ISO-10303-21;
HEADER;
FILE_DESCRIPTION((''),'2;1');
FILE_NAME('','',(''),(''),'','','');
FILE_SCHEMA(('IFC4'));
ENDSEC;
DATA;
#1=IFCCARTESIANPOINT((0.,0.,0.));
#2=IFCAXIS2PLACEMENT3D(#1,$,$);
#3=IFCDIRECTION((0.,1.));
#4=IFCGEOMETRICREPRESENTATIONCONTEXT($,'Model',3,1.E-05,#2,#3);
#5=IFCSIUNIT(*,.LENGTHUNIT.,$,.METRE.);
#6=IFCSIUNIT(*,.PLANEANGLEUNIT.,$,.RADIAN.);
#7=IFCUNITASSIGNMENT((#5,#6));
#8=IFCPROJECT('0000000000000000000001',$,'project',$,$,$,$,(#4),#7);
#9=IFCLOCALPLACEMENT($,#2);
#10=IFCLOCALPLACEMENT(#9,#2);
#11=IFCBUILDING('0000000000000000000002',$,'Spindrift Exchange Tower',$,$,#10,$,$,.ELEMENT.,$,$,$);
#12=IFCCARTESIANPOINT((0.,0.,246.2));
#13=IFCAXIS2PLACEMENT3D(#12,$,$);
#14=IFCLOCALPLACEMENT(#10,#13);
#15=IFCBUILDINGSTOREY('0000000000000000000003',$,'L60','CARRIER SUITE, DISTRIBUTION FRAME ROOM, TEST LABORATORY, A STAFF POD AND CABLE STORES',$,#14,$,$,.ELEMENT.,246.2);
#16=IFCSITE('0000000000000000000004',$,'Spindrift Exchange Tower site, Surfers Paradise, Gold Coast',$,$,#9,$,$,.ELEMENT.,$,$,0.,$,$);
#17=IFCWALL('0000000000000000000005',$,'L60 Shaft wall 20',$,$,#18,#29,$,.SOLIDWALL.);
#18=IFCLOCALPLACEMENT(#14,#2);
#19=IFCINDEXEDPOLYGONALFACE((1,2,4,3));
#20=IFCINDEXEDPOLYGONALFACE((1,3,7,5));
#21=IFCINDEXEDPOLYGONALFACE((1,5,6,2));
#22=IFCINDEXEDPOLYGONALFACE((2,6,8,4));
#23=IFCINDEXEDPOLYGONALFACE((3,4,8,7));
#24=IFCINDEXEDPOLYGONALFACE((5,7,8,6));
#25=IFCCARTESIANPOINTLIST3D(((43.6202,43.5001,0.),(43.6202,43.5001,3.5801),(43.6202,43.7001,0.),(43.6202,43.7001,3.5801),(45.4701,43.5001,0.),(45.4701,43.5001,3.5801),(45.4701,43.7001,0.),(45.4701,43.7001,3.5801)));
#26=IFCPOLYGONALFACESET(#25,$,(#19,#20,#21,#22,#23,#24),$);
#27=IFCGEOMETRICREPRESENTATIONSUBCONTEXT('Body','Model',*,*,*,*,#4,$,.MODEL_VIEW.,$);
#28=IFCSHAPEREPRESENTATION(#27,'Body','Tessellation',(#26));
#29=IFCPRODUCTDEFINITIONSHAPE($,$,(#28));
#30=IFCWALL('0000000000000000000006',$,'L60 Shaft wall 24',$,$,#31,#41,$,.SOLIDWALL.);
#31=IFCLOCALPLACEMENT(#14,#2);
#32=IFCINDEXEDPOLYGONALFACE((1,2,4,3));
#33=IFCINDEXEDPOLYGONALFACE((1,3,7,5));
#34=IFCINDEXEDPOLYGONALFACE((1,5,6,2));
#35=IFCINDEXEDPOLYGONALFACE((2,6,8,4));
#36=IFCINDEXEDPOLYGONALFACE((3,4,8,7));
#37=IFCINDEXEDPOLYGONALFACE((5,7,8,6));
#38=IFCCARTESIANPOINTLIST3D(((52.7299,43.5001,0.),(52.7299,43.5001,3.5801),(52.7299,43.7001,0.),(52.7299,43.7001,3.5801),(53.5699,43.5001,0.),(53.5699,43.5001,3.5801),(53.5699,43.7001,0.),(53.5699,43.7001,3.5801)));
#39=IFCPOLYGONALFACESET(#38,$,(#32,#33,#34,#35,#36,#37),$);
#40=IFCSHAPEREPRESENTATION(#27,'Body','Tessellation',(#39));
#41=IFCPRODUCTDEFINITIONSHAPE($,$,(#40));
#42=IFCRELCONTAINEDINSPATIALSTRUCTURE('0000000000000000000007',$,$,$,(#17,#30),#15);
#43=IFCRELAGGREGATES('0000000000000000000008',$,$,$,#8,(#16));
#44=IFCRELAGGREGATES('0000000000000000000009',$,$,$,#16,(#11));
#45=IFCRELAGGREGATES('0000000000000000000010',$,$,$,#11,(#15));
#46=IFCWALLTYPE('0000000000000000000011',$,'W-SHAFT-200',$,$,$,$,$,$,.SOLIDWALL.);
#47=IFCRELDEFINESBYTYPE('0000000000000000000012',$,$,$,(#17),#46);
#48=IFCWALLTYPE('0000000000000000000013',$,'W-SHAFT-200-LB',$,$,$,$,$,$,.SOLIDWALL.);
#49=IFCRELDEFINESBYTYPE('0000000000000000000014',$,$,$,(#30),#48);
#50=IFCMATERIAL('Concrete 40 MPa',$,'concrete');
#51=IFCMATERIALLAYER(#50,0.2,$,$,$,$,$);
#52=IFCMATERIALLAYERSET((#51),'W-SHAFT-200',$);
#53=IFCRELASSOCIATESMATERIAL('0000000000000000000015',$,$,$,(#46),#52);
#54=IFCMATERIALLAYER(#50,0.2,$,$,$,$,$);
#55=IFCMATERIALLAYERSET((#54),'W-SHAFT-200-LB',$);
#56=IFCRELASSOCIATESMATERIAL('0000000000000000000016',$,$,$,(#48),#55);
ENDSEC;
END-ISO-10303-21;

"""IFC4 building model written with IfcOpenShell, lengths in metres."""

from ifc_helpers import new_model, si_unit, direction, frame, frame_2d, origin, place, context, subcontext, project, spatial, rectangle, extrude, material, layer, layer_set, type_object, element, save


model = new_model("IFC4")

# Units and contexts
model_context = context("Model", 3, precision=1e-05, world=origin(), true_north=direction((0.0, 1.0)))
body_context = subcontext(model_context, "Body", "Model", "MODEL_VIEW")
ifc_project = project(units=[si_unit("LENGTHUNIT", "METRE"), si_unit("PLANEANGLEUNIT", "RADIAN")], contexts=[model_context])

# Site, building, storey
site_placement = place(None, origin())
site = spatial("IfcSite", under=ifc_project, at=site_placement, Name="Spindrift Exchange Tower site, Surfers Paradise, Gold Coast", CompositionType="ELEMENT", RefElevation=0.0)
building_placement = place(site_placement, origin())
building = spatial("IfcBuilding", under=site, at=building_placement, Name="Spindrift Exchange Tower", CompositionType="ELEMENT")
storey_placement = place(building_placement, frame((0.0, 0.0, 246.2)))
storey = spatial("IfcBuildingStorey", under=building, at=storey_placement, Name="L60", Description="CARRIER SUITE, DISTRIBUTION FRAME ROOM, TEST LABORATORY, A STAFF POD AND CABLE STORES", CompositionType="ELEMENT", Elevation=246.2)

# Walls
ifc_material_1 = material(Name="Concrete 40 MPa", Category="concrete")
ifc_layer_1 = layer(ifc_material_1, 0.2)
ifc_layer_set_1 = layer_set([ifc_layer_1], Name="W-SHAFT-200")
wall_type_1 = type_object("IfcWallType", Name="W-SHAFT-200", PredefinedType="SOLIDWALL", material=ifc_layer_set_1)
wall_1_placement = place(storey_placement, frame((45.47, 43.6001, 0.0), z_axis=(0.0, 0.0, 1.0), x_axis=(-1.0, 0.0, 0.0)))
element("IfcWall", 1, at=wall_1_placement, inside=storey, type_object=wall_type_1, Name="L60 Shaft wall 20", PredefinedType="SOLIDWALL", context=body_context, shape_type="SweptSolid", body=[
    extrude(rectangle(XDim=1.8499, YDim=0.2, at=frame_2d((0.9248, 0.0))), origin(), (0.0, 0.0, 1.0), 3.5801),
])
ifc_layer_2 = layer(ifc_material_1, 0.2)
ifc_layer_set_2 = layer_set([ifc_layer_2], Name="W-SHAFT-200-LB")
wall_type_2 = type_object("IfcWallType", Name="W-SHAFT-200-LB", PredefinedType="SOLIDWALL", material=ifc_layer_set_2)
wall_2_placement = place(storey_placement, frame((52.73, 43.6001, 0.0), z_axis=(0.0, 0.0, 1.0), x_axis=(1.0, 0.0, 0.0)))
element("IfcWall", 2, at=wall_2_placement, inside=storey, type_object=wall_type_2, Name="L60 Shaft wall 24", PredefinedType="SOLIDWALL", context=body_context, shape_type="SweptSolid", body=[
    extrude(rectangle(XDim=0.8401, YDim=0.2, at=frame_2d((0.4199, 0.0))), origin(), (0.0, 0.0, 1.0), 3.5801),
])

save(model, "model.ifc")
